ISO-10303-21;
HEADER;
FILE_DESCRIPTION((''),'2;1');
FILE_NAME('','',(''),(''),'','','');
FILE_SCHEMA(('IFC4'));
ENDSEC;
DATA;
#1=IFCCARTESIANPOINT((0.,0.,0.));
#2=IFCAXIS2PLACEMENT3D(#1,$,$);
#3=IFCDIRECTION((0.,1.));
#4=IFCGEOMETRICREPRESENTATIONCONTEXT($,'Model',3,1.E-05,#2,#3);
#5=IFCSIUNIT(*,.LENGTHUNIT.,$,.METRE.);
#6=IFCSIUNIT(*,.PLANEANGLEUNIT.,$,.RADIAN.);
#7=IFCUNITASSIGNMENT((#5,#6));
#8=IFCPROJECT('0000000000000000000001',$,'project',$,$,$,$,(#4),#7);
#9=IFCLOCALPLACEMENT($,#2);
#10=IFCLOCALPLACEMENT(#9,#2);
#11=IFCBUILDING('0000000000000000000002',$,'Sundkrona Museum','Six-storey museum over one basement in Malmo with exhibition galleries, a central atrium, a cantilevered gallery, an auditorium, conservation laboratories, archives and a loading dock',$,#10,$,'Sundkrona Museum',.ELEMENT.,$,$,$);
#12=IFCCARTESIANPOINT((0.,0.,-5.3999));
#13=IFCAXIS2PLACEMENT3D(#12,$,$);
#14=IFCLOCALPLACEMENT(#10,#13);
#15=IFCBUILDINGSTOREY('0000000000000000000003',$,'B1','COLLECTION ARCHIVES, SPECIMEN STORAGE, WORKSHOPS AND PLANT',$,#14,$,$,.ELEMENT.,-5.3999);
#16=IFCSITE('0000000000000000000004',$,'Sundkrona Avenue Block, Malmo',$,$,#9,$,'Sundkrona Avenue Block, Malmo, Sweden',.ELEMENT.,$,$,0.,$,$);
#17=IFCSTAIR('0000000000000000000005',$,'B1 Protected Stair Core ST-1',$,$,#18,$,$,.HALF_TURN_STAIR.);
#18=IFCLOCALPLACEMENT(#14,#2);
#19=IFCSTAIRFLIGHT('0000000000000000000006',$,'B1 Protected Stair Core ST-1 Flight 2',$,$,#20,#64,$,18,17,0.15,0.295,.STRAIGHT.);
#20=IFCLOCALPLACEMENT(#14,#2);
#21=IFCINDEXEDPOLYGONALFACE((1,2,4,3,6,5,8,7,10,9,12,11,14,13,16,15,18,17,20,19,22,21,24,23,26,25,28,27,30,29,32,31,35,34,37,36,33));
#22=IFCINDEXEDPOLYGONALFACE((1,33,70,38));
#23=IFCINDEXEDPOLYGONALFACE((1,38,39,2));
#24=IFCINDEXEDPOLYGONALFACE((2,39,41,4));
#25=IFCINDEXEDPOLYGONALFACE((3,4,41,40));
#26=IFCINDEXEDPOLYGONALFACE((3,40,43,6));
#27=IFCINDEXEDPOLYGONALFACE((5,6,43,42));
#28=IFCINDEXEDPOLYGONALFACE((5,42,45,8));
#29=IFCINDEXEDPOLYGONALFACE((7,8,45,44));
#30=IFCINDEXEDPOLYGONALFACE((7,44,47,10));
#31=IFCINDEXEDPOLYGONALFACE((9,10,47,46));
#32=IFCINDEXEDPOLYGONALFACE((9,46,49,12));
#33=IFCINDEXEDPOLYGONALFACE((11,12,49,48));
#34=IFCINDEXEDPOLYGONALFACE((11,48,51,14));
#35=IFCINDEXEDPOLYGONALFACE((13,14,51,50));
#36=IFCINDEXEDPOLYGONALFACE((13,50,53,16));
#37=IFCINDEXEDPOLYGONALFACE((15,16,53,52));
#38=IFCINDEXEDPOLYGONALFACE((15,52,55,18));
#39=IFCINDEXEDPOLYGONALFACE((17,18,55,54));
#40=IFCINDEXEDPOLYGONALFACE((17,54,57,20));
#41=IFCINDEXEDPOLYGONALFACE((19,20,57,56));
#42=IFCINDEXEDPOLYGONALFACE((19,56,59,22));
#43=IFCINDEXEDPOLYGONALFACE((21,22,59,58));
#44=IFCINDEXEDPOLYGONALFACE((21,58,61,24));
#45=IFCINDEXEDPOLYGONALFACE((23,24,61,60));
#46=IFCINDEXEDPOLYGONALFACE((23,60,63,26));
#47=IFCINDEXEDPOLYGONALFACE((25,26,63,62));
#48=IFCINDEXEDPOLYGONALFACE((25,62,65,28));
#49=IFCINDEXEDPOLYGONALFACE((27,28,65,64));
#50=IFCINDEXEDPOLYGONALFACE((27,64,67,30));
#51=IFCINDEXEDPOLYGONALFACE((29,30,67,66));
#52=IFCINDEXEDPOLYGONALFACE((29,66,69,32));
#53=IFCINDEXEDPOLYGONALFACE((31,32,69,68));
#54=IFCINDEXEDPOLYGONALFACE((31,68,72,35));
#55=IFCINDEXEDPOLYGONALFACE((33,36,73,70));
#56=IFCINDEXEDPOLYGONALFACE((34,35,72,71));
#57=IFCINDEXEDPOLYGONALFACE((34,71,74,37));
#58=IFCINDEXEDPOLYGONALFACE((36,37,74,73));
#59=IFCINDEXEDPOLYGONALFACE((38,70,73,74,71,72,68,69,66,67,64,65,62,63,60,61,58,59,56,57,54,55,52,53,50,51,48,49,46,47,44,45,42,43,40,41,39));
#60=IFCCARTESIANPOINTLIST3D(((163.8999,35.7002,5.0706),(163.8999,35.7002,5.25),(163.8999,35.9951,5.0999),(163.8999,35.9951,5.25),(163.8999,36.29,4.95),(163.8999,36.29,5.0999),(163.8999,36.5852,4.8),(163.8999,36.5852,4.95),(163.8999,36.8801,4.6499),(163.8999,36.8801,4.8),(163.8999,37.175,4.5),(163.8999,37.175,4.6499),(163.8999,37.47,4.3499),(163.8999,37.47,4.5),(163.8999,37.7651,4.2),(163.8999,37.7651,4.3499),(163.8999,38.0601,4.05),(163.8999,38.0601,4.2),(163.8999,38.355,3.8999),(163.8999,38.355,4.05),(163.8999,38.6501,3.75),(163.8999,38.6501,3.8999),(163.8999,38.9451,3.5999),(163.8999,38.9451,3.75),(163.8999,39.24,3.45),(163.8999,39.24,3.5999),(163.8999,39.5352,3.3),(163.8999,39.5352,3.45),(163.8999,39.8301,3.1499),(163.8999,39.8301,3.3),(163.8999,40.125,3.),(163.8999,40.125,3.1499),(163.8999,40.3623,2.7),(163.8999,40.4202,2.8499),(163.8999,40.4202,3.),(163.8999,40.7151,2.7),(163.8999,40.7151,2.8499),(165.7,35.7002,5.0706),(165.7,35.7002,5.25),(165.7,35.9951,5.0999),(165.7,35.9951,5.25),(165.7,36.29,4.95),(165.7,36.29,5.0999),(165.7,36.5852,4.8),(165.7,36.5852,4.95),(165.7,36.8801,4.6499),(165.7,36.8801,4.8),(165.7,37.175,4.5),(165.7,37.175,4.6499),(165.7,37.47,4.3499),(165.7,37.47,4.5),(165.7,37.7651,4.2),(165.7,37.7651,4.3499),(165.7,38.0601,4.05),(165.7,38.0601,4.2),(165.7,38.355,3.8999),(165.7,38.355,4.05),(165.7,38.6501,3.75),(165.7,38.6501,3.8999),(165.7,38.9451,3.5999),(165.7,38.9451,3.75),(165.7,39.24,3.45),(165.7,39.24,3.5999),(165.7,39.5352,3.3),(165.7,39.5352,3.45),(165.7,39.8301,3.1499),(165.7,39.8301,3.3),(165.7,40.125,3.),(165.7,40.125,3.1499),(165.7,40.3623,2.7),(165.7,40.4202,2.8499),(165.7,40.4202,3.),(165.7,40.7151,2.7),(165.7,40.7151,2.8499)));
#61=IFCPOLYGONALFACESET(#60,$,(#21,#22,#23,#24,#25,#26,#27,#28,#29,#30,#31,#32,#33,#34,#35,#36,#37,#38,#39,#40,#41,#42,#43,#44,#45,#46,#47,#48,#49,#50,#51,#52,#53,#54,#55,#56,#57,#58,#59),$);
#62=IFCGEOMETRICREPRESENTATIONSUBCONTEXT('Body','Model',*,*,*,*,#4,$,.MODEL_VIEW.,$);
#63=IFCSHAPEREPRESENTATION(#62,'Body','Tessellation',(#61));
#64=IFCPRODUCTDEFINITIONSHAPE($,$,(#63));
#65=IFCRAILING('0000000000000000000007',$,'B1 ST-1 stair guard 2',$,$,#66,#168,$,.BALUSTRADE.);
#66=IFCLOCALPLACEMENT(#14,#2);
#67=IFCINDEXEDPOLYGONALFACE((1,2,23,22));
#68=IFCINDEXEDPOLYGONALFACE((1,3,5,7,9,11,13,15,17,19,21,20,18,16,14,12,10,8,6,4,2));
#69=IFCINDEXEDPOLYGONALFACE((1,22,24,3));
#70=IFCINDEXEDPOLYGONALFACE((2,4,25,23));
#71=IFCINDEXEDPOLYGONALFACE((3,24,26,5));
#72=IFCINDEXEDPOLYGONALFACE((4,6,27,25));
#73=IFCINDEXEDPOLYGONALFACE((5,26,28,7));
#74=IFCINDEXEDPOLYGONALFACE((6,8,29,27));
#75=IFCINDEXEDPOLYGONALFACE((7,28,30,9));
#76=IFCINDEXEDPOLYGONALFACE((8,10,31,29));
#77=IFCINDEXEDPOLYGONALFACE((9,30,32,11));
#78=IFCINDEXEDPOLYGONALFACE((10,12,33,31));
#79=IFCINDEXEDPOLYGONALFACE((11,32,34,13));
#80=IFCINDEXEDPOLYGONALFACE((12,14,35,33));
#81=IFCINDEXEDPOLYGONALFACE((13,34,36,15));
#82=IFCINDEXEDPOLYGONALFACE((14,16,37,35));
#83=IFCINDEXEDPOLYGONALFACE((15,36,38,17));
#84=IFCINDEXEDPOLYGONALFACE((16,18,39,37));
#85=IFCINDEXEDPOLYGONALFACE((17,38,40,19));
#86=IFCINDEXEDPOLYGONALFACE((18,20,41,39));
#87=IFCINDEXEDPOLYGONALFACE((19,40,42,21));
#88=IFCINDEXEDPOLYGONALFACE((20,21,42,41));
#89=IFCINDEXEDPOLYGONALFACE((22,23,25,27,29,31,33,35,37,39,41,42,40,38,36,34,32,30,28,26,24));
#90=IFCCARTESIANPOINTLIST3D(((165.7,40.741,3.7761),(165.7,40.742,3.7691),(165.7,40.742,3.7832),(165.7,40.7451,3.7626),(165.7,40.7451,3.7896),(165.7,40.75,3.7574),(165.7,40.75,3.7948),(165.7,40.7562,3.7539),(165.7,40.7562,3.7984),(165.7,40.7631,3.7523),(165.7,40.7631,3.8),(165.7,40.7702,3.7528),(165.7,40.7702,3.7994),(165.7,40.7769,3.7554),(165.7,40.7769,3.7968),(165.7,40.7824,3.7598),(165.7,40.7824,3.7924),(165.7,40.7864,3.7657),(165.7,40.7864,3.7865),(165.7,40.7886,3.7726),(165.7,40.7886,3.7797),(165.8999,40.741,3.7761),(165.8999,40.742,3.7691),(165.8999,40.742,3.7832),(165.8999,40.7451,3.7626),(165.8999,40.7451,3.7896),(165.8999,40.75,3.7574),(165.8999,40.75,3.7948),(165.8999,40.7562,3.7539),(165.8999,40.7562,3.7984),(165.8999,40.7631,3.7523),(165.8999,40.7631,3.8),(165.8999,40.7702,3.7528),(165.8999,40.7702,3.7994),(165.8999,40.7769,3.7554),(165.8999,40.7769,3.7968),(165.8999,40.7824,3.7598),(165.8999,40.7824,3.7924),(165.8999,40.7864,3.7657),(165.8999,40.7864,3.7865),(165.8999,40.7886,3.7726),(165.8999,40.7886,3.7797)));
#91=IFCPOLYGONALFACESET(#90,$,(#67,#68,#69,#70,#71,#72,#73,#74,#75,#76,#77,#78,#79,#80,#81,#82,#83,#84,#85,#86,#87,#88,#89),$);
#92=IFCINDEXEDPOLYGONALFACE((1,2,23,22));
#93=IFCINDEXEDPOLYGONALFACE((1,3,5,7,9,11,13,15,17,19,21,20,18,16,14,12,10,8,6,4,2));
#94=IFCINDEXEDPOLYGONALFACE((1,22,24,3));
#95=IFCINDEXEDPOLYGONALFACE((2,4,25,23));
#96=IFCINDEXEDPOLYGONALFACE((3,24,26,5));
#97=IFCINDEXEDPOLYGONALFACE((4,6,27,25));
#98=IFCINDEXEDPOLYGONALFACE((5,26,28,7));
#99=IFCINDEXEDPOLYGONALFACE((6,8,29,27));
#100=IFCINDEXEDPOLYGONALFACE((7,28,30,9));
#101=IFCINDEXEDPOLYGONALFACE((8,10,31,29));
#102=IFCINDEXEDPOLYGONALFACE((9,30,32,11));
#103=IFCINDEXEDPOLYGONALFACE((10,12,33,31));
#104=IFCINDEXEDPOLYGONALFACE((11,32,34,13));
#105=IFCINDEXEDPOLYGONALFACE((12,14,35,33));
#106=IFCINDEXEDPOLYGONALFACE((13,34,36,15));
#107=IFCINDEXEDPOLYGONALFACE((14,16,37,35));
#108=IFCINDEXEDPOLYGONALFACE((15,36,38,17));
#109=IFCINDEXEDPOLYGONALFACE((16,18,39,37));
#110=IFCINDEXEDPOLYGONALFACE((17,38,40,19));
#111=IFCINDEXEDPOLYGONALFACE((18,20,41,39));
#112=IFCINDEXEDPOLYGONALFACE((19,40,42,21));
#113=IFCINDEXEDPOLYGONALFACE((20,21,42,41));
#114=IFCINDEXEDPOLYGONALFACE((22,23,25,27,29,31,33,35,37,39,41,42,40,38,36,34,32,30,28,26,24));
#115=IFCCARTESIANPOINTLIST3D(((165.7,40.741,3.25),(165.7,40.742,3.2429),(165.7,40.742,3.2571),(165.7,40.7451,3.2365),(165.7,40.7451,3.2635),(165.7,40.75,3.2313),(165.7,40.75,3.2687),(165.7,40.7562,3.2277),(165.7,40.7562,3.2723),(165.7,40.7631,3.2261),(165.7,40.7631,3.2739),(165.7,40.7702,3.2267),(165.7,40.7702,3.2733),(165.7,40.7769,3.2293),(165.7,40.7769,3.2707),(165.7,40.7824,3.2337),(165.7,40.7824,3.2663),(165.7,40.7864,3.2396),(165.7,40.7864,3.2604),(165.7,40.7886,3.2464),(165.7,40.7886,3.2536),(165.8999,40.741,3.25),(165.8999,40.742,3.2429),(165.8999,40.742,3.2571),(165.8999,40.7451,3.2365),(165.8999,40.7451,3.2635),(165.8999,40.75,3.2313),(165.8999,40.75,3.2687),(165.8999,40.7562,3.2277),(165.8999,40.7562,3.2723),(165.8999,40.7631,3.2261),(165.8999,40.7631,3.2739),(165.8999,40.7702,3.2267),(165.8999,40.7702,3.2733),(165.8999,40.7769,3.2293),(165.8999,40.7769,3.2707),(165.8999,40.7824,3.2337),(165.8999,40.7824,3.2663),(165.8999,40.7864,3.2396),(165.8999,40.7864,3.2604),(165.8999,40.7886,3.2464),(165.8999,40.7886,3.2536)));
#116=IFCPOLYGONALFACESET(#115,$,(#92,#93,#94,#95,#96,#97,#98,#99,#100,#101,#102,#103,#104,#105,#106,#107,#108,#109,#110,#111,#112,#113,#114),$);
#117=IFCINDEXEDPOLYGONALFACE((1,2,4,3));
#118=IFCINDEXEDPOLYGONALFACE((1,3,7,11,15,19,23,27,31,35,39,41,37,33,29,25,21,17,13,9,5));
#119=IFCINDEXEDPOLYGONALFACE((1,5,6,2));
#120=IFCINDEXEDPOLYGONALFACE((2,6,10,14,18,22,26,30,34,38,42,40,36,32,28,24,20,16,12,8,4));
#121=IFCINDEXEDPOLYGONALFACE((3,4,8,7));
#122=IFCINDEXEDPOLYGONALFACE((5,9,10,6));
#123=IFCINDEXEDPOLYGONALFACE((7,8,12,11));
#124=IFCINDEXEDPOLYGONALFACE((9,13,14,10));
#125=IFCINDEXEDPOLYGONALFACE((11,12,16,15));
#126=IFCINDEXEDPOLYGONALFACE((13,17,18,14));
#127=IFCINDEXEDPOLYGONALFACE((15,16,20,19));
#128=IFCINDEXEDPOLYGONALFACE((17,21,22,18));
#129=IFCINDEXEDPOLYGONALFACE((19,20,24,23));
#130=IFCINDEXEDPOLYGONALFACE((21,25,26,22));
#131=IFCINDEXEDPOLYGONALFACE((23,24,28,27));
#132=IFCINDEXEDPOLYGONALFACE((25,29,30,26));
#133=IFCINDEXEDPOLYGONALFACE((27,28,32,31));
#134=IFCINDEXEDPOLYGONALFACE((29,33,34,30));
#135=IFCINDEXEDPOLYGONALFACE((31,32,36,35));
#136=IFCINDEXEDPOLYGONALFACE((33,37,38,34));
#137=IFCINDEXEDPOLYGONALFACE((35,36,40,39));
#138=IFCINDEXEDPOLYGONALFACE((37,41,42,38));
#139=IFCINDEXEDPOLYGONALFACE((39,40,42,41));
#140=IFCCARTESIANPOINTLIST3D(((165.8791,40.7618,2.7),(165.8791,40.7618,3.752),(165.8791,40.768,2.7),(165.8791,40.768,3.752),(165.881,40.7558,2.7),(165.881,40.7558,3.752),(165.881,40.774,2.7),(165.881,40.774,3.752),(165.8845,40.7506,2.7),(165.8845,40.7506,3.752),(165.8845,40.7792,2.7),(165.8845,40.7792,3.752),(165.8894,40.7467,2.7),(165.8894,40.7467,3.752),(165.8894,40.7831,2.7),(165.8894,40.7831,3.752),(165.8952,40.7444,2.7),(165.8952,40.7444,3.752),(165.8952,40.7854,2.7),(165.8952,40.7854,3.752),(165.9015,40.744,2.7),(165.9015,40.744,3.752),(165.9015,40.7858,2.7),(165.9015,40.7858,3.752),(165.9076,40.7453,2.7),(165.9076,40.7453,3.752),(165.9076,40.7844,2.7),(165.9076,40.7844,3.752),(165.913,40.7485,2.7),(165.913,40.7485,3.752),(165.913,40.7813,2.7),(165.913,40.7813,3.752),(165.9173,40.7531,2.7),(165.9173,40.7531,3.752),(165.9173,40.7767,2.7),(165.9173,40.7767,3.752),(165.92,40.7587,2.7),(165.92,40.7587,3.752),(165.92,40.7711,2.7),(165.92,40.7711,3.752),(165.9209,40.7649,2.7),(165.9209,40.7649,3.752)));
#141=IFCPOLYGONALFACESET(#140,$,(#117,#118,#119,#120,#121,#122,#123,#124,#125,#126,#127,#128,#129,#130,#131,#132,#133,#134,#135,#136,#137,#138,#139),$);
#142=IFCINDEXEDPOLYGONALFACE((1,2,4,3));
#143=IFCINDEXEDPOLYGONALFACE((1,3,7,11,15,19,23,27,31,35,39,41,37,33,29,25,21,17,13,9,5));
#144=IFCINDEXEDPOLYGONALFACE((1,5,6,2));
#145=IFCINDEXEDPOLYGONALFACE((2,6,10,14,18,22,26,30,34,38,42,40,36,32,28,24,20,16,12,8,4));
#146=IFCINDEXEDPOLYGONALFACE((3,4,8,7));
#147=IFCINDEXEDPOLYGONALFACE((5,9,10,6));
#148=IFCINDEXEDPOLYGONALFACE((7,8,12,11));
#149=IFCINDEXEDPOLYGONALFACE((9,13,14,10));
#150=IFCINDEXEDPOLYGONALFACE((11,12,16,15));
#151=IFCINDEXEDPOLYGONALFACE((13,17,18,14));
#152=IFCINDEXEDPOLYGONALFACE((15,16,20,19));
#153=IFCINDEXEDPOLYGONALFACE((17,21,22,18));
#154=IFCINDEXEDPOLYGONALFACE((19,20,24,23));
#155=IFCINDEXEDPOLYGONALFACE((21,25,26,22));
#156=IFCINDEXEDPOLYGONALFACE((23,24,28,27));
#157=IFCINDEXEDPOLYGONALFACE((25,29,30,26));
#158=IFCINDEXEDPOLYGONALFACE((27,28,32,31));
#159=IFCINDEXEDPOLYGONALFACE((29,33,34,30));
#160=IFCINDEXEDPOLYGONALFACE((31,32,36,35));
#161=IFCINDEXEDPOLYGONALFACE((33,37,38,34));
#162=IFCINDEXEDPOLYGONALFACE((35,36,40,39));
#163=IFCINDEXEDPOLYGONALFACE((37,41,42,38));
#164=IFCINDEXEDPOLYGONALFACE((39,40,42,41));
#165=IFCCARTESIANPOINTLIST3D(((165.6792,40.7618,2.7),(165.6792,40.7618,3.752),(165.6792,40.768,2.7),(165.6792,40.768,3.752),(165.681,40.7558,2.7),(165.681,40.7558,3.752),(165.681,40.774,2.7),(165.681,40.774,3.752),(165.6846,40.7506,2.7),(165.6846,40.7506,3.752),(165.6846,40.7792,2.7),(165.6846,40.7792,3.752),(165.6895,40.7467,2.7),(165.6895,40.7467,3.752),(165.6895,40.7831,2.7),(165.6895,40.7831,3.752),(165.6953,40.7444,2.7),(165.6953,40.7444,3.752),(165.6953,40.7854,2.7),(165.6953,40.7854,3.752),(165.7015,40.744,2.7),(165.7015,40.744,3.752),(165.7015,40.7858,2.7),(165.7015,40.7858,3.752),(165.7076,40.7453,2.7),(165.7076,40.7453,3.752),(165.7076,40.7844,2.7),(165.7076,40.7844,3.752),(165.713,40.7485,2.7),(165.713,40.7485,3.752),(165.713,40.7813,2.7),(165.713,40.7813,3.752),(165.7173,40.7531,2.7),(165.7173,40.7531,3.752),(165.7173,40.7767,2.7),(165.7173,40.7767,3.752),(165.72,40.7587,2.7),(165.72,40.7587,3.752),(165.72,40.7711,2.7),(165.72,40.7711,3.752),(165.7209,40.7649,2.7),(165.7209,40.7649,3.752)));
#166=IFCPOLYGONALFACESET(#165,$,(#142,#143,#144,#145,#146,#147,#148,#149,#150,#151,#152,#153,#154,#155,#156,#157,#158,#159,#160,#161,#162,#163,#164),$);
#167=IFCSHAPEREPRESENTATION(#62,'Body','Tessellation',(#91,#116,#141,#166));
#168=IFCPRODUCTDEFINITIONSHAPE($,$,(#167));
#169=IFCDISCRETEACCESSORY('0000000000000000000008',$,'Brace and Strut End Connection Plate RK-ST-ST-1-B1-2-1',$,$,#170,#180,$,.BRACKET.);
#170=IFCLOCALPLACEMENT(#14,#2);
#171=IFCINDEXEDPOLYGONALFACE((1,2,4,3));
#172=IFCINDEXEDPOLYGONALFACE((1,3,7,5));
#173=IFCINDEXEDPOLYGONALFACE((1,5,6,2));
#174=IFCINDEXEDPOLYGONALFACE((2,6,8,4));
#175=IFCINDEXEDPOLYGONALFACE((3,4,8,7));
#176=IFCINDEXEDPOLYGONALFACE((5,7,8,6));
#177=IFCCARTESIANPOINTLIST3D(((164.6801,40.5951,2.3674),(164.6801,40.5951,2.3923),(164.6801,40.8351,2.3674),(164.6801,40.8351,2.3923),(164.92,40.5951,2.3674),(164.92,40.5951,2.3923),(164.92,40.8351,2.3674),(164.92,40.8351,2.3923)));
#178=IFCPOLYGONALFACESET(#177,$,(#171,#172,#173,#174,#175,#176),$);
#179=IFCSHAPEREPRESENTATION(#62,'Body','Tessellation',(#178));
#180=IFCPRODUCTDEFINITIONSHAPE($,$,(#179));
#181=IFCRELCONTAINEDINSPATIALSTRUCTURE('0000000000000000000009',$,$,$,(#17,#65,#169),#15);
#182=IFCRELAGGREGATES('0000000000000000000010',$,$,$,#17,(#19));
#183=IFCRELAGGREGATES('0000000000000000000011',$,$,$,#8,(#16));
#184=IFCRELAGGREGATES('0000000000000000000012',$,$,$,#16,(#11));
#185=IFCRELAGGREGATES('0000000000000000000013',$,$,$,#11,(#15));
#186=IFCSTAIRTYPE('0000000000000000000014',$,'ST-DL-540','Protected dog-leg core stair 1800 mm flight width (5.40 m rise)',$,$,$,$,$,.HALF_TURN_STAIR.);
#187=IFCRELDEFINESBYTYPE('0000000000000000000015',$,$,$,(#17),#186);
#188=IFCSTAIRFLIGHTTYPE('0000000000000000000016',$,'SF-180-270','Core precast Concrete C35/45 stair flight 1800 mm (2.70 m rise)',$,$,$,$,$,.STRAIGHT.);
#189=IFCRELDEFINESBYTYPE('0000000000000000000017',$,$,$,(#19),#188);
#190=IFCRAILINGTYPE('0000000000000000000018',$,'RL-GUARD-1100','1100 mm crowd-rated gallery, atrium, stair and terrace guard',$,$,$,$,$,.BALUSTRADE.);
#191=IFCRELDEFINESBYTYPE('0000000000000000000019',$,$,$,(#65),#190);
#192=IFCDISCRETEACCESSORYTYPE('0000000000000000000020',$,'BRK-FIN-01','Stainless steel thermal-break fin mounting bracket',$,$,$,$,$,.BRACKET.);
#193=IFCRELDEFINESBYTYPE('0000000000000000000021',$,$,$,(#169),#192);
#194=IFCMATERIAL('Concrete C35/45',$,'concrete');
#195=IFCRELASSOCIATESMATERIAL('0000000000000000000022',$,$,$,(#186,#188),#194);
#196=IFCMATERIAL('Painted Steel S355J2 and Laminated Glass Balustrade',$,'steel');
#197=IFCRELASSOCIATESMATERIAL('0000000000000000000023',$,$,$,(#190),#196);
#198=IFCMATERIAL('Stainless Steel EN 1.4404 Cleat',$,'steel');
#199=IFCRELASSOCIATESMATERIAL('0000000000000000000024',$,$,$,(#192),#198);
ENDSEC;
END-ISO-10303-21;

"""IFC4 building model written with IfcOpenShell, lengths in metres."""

from ifc_helpers import new_model, si_unit, direction, frame, origin, origin_2d, place, context, subcontext, project, spatial, polyline, rectangle, circle, outline, extrude, material, type_object, element, aggregate, save


model = new_model("IFC4")

# Units and contexts
model_context = context("Model", 3, precision=1e-05, world=origin(), true_north=direction((0.0, 1.0)))
body_context = subcontext(model_context, "Body", "Model", "MODEL_VIEW")
ifc_project = project(units=[si_unit("LENGTHUNIT", "METRE"), si_unit("PLANEANGLEUNIT", "RADIAN")], contexts=[model_context])

# Site, building, storey
site_placement = place(None, origin())
site = spatial("IfcSite", under=ifc_project, at=site_placement, Name="Sundkrona Avenue Block, Malmo", LongName="Sundkrona Avenue Block, Malmo, Sweden", CompositionType="ELEMENT", RefElevation=0.0)
building_placement = place(site_placement, origin())
building = spatial("IfcBuilding", under=site, at=building_placement, Name="Sundkrona Museum", Description="Six-storey museum over one basement in Malmo with exhibition galleries, a central atrium, a cantilevered gallery, an auditorium, conservation laboratories, archives and a loading dock", LongName="Sundkrona Museum", CompositionType="ELEMENT")
storey_placement = place(building_placement, frame((0.0, 0.0, -5.3999)))
storey = spatial("IfcBuildingStorey", under=building, at=storey_placement, Name="B1", Description="COLLECTION ARCHIVES, SPECIMEN STORAGE, WORKSHOPS AND PLANT", CompositionType="ELEMENT", Elevation=-5.3999)

# Stair, stair flight
ifc_material_1 = material(Name="Concrete C35/45", Category="concrete")
stair_type = type_object("IfcStairType", Name="ST-DL-540", Description="Protected dog-leg core stair 1800 mm flight width (5.40 m rise)", PredefinedType="HALF_TURN_STAIR", material=ifc_material_1)
stair_placement = place(storey_placement, origin())
stair = element("IfcStair", 1, at=stair_placement, inside=storey, type_object=stair_type, Name="B1 Protected Stair Core ST-1", PredefinedType="HALF_TURN_STAIR")
stair_flight_type = type_object("IfcStairFlightType", Name="SF-180-270", Description="Core precast Concrete C35/45 stair flight 1800 mm (2.70 m rise)", PredefinedType="STRAIGHT", material=ifc_material_1)
stair_flight_placement = place(storey_placement, frame((164.8, 40.7151, 2.7), z_axis=(0.0, 0.0, 1.0), x_axis=(0.0, -1.0, 0.0)))
stair_flight = element("IfcStairFlight", 2, at=stair_flight_placement, type_object=stair_flight_type, Name="B1 Protected Stair Core ST-1 Flight 2", NumberOfRisers=18, NumberOfTreads=17, PredefinedType="STRAIGHT", RiserHeight=0.15, TreadLength=0.295, context=body_context, shape_type="SweptSolid", body=[
    extrude(outline(polyline([(0.0, 0.0), (0.0, 0.1499), (0.2949, 0.1499), (0.2949, 0.3), (0.5901, 0.3), (0.5901, 0.45), (0.885, 0.45), (0.885, 0.6001), (1.1799, 0.6001), (1.1799, 0.75), (1.4751, 0.75), (1.4751, 0.8999), (1.77, 0.8999), (1.77, 1.05), (2.0649, 1.05), (2.0649, 1.2), (2.3601, 1.2), (2.3601, 1.3501), (2.655, 1.3501), (2.655, 1.5), (2.95, 1.5), (2.95, 1.6499), (3.2451, 1.6499), (3.2451, 1.8), (3.54, 1.8), (3.54, 1.95), (3.835, 1.95), (3.835, 2.1001), (4.1299, 2.1001), (4.1299, 2.25), (4.425, 2.25), (4.425, 2.3999), (4.72, 2.3999), (4.72, 2.55), (5.0149, 2.55), (5.0149, 2.7), (5.0149, 2.3706), (0.3528, 0.0), (0.0, 0.0)])), frame((0.0, 0.8999, 0.0), z_axis=(0.0, -1.0, 0.0), x_axis=(1.0, 0.0, 0.0)), (0.0, 0.0, 1.0), 1.8),
])
aggregate(stair, [stair_flight])

# Railing
ifc_material_2 = material(Name="Painted Steel S355J2 and Laminated Glass Balustrade", Category="steel")
railing_type_1 = type_object("IfcRailingType", Name="RL-GUARD-1100", Description="1100 mm crowd-rated gallery, atrium, stair and terrace guard", PredefinedType="BALUSTRADE", material=ifc_material_2)
railing_1_placement = place(storey_placement, frame((165.8999, 40.7649, 2.7)))
element("IfcRailing", 3, at=railing_1_placement, inside=storey, type_object=railing_type_1, Name="B1 ST-1 stair guard 2", PredefinedType="BALUSTRADE", context=body_context, shape_type="SweptSolid", body=[
    extrude(circle(Radius=0.0239, at=origin_2d()), frame((0.0, 0.0, 1.0762), z_axis=(-1.0, 0.0, 0.0), x_axis=(0.0, -1.0, 0.0)), (0.0, 0.0, 1.0), 0.2),
    extrude(circle(Radius=0.0239, at=origin_2d()), frame((0.0, 0.0, 0.55), z_axis=(-1.0, 0.0, 0.0), x_axis=(0.0, -1.0, 0.0)), (0.0, 0.0, 1.0), 0.2),
    extrude(circle(Radius=0.021, at=origin_2d()), origin(), (0.0, 0.0, 1.0), 1.052),
    extrude(circle(Radius=0.021, at=origin_2d()), frame((-0.2, 0.0, 0.0)), (0.0, 0.0, 1.0), 1.052),
])

# Discrete accessory
ifc_material_3 = material(Name="Stainless Steel EN 1.4404 Cleat", Category="steel")
discrete_accessory_type = type_object("IfcDiscreteAccessoryType", Name="BRK-FIN-01", Description="Stainless steel thermal-break fin mounting bracket", PredefinedType="BRACKET", material=ifc_material_3)
discrete_accessory_placement = place(storey_placement, frame((164.8, 40.7151, 2.3674), z_axis=(0.0, 0.0, 1.0), x_axis=(1.0, 0.0, 0.0)))
element("IfcDiscreteAccessory", 4, at=discrete_accessory_placement, inside=storey, type_object=discrete_accessory_type, Name="Brace and Strut End Connection Plate RK-ST-ST-1-B1-2-1", PredefinedType="BRACKET", context=body_context, shape_type="SweptSolid", body=[
    extrude(rectangle(XDim=0.24, YDim=0.24, at=origin_2d()), origin(), (0.0, 0.0, 1.0), 0.0249),
])

save(model, "model.ifc")
